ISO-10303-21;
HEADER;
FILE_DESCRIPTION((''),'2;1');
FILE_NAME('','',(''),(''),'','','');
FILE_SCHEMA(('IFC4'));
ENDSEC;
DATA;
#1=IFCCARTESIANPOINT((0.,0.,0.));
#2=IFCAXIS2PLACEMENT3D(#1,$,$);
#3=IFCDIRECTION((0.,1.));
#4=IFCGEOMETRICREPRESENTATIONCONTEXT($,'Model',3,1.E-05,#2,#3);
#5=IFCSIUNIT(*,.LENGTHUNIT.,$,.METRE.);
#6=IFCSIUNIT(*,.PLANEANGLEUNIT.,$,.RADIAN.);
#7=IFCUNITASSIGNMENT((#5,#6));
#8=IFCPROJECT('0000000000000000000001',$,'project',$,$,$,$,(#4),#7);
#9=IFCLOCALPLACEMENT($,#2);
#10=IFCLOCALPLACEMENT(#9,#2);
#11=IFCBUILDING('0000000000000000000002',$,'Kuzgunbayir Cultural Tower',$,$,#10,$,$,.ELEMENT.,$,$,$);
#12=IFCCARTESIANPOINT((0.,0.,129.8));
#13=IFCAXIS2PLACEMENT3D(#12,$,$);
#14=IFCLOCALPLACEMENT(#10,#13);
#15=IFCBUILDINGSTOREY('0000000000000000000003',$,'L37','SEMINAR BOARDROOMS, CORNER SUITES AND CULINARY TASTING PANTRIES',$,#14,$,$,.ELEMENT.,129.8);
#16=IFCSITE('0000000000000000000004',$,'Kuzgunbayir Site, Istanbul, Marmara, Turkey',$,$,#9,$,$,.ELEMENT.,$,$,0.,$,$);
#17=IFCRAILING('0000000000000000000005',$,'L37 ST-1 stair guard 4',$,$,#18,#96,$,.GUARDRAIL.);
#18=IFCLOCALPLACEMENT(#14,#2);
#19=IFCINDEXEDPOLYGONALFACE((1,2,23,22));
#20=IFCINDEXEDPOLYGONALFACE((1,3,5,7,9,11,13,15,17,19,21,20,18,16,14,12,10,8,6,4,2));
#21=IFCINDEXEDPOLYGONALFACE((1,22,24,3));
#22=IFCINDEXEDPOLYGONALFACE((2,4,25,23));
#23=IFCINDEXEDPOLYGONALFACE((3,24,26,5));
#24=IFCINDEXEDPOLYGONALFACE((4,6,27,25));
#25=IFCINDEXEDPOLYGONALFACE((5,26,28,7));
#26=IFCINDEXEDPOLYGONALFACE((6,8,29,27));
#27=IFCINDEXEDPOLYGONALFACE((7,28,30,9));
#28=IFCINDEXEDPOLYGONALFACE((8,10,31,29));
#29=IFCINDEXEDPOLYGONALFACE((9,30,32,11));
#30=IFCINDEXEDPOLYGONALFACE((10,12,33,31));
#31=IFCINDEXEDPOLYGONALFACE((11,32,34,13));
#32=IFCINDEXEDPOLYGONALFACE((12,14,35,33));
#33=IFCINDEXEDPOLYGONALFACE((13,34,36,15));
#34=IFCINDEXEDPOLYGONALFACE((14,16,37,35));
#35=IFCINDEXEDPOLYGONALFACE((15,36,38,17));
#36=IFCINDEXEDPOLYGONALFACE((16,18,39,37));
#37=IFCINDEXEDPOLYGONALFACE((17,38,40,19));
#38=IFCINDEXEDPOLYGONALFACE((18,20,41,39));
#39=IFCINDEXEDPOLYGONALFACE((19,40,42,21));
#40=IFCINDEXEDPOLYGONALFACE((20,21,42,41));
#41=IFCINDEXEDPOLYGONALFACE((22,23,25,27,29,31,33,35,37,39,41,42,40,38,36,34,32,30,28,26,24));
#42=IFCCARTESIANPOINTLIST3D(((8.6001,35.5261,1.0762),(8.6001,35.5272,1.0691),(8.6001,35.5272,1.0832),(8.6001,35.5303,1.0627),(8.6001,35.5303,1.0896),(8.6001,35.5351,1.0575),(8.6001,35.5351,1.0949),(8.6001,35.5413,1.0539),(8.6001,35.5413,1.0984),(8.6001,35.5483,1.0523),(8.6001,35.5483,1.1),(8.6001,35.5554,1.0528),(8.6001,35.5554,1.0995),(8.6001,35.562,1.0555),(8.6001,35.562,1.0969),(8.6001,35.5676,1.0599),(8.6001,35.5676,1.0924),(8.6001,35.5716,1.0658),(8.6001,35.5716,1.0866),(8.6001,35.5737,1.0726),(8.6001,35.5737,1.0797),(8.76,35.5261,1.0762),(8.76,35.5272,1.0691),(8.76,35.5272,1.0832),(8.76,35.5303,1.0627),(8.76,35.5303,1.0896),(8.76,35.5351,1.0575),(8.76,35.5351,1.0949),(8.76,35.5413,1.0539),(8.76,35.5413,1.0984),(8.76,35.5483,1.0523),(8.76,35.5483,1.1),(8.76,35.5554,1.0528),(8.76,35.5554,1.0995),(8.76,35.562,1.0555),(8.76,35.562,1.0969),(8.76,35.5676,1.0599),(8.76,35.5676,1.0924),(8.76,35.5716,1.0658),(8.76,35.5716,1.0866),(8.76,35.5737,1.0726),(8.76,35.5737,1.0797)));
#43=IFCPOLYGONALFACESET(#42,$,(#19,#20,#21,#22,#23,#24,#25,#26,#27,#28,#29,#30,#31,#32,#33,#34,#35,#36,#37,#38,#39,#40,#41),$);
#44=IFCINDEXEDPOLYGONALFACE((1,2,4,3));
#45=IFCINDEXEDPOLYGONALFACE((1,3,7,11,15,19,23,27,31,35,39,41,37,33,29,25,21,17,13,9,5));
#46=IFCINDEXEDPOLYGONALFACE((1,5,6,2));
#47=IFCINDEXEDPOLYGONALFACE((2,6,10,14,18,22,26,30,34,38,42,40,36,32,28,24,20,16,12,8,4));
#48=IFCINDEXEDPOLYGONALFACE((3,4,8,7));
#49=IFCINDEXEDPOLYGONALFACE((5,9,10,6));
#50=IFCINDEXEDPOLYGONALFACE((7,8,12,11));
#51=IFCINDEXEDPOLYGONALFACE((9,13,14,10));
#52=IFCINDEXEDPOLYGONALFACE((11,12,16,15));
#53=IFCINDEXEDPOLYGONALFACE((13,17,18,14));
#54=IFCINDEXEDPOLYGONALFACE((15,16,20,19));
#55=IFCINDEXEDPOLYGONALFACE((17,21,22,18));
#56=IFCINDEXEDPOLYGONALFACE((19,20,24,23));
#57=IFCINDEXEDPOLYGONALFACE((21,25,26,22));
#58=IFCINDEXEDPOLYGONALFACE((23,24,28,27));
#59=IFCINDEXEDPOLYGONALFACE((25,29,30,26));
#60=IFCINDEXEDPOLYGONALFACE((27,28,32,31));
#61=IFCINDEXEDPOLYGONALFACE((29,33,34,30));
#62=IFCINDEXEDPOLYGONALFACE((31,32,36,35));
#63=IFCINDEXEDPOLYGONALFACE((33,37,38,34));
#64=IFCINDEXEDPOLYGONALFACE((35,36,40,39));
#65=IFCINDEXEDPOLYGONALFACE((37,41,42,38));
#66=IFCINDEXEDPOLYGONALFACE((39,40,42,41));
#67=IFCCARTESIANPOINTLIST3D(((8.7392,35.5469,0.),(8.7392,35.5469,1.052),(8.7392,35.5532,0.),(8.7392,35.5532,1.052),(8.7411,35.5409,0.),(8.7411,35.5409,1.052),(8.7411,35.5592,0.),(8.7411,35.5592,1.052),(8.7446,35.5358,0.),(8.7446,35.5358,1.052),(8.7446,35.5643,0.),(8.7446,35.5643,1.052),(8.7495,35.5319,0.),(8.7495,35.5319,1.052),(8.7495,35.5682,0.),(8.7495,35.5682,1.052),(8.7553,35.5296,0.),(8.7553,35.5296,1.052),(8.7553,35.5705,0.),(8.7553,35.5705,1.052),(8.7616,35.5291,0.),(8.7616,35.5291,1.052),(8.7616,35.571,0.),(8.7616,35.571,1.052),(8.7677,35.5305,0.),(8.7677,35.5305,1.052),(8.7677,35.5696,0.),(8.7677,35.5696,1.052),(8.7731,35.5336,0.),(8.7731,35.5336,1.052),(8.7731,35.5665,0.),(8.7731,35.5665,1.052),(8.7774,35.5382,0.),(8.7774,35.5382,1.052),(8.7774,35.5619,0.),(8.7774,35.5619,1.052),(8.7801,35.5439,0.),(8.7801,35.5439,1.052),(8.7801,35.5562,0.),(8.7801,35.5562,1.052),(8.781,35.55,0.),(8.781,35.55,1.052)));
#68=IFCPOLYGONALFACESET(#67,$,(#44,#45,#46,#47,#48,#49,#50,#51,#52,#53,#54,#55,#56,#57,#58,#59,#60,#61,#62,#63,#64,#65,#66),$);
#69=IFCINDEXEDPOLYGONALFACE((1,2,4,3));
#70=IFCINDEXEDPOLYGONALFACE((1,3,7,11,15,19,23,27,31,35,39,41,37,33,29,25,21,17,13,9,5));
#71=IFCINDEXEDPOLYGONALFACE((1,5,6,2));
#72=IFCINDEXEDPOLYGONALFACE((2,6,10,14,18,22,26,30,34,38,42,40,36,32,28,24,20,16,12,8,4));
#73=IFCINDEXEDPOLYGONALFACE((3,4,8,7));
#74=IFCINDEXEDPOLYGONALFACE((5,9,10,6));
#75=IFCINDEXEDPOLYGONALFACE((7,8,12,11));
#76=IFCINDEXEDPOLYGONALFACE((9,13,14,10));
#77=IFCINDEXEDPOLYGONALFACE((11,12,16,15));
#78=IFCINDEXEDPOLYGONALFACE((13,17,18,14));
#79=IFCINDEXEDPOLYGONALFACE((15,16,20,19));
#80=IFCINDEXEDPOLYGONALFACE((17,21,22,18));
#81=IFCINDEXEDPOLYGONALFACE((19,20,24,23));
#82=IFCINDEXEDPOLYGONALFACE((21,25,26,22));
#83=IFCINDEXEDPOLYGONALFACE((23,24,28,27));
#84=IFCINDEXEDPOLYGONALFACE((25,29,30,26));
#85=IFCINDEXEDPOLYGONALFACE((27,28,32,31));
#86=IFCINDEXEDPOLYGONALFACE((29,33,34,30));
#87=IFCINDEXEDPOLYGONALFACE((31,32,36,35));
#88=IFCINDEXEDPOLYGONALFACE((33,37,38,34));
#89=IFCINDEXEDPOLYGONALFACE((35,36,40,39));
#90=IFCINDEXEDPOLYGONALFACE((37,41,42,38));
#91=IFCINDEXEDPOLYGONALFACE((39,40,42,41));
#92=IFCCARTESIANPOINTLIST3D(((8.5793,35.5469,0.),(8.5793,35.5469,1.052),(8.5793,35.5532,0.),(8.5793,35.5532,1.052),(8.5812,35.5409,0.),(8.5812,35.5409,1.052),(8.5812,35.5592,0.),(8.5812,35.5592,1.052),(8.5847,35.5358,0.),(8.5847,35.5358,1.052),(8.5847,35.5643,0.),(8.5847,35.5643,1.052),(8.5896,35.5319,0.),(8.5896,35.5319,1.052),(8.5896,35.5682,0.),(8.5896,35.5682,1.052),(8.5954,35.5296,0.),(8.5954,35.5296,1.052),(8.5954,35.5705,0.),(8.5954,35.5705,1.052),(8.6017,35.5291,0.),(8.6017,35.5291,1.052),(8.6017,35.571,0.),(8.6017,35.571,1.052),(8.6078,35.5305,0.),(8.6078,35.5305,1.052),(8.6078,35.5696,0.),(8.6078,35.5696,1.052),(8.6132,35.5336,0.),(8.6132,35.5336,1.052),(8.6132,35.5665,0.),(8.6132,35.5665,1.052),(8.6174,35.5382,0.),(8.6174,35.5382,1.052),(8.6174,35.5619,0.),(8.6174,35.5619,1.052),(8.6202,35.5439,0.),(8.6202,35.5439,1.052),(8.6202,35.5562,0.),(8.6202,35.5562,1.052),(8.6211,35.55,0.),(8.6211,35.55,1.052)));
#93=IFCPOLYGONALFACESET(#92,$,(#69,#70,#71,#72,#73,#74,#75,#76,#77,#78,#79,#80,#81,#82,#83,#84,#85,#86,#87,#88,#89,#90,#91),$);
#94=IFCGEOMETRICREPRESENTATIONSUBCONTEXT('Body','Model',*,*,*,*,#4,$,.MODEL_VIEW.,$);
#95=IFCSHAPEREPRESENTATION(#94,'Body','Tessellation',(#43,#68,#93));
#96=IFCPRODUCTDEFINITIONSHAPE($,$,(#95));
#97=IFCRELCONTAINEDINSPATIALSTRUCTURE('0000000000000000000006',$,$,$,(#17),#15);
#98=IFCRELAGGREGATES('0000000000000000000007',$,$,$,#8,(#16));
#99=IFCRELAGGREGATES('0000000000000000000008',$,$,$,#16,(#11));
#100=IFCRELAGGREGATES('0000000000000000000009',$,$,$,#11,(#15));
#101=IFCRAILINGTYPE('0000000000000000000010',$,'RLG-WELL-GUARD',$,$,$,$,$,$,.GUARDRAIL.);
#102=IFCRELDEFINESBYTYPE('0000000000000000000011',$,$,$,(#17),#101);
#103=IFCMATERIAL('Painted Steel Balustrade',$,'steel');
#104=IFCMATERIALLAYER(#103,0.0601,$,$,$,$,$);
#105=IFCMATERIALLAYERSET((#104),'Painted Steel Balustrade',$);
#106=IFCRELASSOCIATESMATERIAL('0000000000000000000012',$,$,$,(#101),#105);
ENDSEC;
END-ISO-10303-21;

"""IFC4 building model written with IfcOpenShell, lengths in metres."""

from ifc_helpers import new_model, si_unit, direction, frame, origin, origin_2d, place, context, subcontext, project, spatial, circle, extrude, material, layer, layer_set, type_object, element, save


model = new_model("IFC4")

# Units and contexts
model_context = context("Model", 3, precision=1e-05, world=origin(), true_north=direction((0.0, 1.0)))
body_context = subcontext(model_context, "Body", "Model", "MODEL_VIEW")
ifc_project = project(units=[si_unit("LENGTHUNIT", "METRE"), si_unit("PLANEANGLEUNIT", "RADIAN")], contexts=[model_context])

# Site, building, storey
site_placement = place(None, origin())
site = spatial("IfcSite", under=ifc_project, at=site_placement, Name="Kuzgunbayir Site, Istanbul, Marmara, Turkey", CompositionType="ELEMENT", RefElevation=0.0)
building_placement = place(site_placement, origin())
building = spatial("IfcBuilding", under=site, at=building_placement, Name="Kuzgunbayir Cultural Tower", CompositionType="ELEMENT")
storey_placement = place(building_placement, frame((0.0, 0.0, 129.8)))
storey = spatial("IfcBuildingStorey", under=building, at=storey_placement, Name="L37", Description="SEMINAR BOARDROOMS, CORNER SUITES AND CULINARY TASTING PANTRIES", CompositionType="ELEMENT", Elevation=129.8)

# Railing
ifc_material_1 = material(Name="Painted Steel Balustrade", Category="steel")
ifc_layer_1 = layer(ifc_material_1, 0.0601)
ifc_layer_set_1 = layer_set([ifc_layer_1], Name="Painted Steel Balustrade")
railing_type_1 = type_object("IfcRailingType", Name="RLG-WELL-GUARD", PredefinedType="GUARDRAIL", material=ifc_layer_set_1)
railing_1_placement = place(storey_placement, frame((8.76, 35.55, 0.0)))
element("IfcRailing", 1, at=railing_1_placement, inside=storey, type_object=railing_type_1, Name="L37 ST-1 stair guard 4", PredefinedType="GUARDRAIL", context=body_context, shape_type="SweptSolid", body=[
    extrude(circle(Radius=0.0239, at=origin_2d()), frame((0.0, 0.0, 1.0762), z_axis=(-1.0, 0.0, 0.0), x_axis=(0.0, -1.0, 0.0)), (0.0, 0.0, 1.0), 0.1599),
    extrude(circle(Radius=0.021, at=origin_2d()), origin(), (0.0, 0.0, 1.0), 1.052),
    extrude(circle(Radius=0.021, at=origin_2d()), frame((-0.1599, 0.0, 0.0)), (0.0, 0.0, 1.0), 1.052),
])

save(model, "model.ifc")
